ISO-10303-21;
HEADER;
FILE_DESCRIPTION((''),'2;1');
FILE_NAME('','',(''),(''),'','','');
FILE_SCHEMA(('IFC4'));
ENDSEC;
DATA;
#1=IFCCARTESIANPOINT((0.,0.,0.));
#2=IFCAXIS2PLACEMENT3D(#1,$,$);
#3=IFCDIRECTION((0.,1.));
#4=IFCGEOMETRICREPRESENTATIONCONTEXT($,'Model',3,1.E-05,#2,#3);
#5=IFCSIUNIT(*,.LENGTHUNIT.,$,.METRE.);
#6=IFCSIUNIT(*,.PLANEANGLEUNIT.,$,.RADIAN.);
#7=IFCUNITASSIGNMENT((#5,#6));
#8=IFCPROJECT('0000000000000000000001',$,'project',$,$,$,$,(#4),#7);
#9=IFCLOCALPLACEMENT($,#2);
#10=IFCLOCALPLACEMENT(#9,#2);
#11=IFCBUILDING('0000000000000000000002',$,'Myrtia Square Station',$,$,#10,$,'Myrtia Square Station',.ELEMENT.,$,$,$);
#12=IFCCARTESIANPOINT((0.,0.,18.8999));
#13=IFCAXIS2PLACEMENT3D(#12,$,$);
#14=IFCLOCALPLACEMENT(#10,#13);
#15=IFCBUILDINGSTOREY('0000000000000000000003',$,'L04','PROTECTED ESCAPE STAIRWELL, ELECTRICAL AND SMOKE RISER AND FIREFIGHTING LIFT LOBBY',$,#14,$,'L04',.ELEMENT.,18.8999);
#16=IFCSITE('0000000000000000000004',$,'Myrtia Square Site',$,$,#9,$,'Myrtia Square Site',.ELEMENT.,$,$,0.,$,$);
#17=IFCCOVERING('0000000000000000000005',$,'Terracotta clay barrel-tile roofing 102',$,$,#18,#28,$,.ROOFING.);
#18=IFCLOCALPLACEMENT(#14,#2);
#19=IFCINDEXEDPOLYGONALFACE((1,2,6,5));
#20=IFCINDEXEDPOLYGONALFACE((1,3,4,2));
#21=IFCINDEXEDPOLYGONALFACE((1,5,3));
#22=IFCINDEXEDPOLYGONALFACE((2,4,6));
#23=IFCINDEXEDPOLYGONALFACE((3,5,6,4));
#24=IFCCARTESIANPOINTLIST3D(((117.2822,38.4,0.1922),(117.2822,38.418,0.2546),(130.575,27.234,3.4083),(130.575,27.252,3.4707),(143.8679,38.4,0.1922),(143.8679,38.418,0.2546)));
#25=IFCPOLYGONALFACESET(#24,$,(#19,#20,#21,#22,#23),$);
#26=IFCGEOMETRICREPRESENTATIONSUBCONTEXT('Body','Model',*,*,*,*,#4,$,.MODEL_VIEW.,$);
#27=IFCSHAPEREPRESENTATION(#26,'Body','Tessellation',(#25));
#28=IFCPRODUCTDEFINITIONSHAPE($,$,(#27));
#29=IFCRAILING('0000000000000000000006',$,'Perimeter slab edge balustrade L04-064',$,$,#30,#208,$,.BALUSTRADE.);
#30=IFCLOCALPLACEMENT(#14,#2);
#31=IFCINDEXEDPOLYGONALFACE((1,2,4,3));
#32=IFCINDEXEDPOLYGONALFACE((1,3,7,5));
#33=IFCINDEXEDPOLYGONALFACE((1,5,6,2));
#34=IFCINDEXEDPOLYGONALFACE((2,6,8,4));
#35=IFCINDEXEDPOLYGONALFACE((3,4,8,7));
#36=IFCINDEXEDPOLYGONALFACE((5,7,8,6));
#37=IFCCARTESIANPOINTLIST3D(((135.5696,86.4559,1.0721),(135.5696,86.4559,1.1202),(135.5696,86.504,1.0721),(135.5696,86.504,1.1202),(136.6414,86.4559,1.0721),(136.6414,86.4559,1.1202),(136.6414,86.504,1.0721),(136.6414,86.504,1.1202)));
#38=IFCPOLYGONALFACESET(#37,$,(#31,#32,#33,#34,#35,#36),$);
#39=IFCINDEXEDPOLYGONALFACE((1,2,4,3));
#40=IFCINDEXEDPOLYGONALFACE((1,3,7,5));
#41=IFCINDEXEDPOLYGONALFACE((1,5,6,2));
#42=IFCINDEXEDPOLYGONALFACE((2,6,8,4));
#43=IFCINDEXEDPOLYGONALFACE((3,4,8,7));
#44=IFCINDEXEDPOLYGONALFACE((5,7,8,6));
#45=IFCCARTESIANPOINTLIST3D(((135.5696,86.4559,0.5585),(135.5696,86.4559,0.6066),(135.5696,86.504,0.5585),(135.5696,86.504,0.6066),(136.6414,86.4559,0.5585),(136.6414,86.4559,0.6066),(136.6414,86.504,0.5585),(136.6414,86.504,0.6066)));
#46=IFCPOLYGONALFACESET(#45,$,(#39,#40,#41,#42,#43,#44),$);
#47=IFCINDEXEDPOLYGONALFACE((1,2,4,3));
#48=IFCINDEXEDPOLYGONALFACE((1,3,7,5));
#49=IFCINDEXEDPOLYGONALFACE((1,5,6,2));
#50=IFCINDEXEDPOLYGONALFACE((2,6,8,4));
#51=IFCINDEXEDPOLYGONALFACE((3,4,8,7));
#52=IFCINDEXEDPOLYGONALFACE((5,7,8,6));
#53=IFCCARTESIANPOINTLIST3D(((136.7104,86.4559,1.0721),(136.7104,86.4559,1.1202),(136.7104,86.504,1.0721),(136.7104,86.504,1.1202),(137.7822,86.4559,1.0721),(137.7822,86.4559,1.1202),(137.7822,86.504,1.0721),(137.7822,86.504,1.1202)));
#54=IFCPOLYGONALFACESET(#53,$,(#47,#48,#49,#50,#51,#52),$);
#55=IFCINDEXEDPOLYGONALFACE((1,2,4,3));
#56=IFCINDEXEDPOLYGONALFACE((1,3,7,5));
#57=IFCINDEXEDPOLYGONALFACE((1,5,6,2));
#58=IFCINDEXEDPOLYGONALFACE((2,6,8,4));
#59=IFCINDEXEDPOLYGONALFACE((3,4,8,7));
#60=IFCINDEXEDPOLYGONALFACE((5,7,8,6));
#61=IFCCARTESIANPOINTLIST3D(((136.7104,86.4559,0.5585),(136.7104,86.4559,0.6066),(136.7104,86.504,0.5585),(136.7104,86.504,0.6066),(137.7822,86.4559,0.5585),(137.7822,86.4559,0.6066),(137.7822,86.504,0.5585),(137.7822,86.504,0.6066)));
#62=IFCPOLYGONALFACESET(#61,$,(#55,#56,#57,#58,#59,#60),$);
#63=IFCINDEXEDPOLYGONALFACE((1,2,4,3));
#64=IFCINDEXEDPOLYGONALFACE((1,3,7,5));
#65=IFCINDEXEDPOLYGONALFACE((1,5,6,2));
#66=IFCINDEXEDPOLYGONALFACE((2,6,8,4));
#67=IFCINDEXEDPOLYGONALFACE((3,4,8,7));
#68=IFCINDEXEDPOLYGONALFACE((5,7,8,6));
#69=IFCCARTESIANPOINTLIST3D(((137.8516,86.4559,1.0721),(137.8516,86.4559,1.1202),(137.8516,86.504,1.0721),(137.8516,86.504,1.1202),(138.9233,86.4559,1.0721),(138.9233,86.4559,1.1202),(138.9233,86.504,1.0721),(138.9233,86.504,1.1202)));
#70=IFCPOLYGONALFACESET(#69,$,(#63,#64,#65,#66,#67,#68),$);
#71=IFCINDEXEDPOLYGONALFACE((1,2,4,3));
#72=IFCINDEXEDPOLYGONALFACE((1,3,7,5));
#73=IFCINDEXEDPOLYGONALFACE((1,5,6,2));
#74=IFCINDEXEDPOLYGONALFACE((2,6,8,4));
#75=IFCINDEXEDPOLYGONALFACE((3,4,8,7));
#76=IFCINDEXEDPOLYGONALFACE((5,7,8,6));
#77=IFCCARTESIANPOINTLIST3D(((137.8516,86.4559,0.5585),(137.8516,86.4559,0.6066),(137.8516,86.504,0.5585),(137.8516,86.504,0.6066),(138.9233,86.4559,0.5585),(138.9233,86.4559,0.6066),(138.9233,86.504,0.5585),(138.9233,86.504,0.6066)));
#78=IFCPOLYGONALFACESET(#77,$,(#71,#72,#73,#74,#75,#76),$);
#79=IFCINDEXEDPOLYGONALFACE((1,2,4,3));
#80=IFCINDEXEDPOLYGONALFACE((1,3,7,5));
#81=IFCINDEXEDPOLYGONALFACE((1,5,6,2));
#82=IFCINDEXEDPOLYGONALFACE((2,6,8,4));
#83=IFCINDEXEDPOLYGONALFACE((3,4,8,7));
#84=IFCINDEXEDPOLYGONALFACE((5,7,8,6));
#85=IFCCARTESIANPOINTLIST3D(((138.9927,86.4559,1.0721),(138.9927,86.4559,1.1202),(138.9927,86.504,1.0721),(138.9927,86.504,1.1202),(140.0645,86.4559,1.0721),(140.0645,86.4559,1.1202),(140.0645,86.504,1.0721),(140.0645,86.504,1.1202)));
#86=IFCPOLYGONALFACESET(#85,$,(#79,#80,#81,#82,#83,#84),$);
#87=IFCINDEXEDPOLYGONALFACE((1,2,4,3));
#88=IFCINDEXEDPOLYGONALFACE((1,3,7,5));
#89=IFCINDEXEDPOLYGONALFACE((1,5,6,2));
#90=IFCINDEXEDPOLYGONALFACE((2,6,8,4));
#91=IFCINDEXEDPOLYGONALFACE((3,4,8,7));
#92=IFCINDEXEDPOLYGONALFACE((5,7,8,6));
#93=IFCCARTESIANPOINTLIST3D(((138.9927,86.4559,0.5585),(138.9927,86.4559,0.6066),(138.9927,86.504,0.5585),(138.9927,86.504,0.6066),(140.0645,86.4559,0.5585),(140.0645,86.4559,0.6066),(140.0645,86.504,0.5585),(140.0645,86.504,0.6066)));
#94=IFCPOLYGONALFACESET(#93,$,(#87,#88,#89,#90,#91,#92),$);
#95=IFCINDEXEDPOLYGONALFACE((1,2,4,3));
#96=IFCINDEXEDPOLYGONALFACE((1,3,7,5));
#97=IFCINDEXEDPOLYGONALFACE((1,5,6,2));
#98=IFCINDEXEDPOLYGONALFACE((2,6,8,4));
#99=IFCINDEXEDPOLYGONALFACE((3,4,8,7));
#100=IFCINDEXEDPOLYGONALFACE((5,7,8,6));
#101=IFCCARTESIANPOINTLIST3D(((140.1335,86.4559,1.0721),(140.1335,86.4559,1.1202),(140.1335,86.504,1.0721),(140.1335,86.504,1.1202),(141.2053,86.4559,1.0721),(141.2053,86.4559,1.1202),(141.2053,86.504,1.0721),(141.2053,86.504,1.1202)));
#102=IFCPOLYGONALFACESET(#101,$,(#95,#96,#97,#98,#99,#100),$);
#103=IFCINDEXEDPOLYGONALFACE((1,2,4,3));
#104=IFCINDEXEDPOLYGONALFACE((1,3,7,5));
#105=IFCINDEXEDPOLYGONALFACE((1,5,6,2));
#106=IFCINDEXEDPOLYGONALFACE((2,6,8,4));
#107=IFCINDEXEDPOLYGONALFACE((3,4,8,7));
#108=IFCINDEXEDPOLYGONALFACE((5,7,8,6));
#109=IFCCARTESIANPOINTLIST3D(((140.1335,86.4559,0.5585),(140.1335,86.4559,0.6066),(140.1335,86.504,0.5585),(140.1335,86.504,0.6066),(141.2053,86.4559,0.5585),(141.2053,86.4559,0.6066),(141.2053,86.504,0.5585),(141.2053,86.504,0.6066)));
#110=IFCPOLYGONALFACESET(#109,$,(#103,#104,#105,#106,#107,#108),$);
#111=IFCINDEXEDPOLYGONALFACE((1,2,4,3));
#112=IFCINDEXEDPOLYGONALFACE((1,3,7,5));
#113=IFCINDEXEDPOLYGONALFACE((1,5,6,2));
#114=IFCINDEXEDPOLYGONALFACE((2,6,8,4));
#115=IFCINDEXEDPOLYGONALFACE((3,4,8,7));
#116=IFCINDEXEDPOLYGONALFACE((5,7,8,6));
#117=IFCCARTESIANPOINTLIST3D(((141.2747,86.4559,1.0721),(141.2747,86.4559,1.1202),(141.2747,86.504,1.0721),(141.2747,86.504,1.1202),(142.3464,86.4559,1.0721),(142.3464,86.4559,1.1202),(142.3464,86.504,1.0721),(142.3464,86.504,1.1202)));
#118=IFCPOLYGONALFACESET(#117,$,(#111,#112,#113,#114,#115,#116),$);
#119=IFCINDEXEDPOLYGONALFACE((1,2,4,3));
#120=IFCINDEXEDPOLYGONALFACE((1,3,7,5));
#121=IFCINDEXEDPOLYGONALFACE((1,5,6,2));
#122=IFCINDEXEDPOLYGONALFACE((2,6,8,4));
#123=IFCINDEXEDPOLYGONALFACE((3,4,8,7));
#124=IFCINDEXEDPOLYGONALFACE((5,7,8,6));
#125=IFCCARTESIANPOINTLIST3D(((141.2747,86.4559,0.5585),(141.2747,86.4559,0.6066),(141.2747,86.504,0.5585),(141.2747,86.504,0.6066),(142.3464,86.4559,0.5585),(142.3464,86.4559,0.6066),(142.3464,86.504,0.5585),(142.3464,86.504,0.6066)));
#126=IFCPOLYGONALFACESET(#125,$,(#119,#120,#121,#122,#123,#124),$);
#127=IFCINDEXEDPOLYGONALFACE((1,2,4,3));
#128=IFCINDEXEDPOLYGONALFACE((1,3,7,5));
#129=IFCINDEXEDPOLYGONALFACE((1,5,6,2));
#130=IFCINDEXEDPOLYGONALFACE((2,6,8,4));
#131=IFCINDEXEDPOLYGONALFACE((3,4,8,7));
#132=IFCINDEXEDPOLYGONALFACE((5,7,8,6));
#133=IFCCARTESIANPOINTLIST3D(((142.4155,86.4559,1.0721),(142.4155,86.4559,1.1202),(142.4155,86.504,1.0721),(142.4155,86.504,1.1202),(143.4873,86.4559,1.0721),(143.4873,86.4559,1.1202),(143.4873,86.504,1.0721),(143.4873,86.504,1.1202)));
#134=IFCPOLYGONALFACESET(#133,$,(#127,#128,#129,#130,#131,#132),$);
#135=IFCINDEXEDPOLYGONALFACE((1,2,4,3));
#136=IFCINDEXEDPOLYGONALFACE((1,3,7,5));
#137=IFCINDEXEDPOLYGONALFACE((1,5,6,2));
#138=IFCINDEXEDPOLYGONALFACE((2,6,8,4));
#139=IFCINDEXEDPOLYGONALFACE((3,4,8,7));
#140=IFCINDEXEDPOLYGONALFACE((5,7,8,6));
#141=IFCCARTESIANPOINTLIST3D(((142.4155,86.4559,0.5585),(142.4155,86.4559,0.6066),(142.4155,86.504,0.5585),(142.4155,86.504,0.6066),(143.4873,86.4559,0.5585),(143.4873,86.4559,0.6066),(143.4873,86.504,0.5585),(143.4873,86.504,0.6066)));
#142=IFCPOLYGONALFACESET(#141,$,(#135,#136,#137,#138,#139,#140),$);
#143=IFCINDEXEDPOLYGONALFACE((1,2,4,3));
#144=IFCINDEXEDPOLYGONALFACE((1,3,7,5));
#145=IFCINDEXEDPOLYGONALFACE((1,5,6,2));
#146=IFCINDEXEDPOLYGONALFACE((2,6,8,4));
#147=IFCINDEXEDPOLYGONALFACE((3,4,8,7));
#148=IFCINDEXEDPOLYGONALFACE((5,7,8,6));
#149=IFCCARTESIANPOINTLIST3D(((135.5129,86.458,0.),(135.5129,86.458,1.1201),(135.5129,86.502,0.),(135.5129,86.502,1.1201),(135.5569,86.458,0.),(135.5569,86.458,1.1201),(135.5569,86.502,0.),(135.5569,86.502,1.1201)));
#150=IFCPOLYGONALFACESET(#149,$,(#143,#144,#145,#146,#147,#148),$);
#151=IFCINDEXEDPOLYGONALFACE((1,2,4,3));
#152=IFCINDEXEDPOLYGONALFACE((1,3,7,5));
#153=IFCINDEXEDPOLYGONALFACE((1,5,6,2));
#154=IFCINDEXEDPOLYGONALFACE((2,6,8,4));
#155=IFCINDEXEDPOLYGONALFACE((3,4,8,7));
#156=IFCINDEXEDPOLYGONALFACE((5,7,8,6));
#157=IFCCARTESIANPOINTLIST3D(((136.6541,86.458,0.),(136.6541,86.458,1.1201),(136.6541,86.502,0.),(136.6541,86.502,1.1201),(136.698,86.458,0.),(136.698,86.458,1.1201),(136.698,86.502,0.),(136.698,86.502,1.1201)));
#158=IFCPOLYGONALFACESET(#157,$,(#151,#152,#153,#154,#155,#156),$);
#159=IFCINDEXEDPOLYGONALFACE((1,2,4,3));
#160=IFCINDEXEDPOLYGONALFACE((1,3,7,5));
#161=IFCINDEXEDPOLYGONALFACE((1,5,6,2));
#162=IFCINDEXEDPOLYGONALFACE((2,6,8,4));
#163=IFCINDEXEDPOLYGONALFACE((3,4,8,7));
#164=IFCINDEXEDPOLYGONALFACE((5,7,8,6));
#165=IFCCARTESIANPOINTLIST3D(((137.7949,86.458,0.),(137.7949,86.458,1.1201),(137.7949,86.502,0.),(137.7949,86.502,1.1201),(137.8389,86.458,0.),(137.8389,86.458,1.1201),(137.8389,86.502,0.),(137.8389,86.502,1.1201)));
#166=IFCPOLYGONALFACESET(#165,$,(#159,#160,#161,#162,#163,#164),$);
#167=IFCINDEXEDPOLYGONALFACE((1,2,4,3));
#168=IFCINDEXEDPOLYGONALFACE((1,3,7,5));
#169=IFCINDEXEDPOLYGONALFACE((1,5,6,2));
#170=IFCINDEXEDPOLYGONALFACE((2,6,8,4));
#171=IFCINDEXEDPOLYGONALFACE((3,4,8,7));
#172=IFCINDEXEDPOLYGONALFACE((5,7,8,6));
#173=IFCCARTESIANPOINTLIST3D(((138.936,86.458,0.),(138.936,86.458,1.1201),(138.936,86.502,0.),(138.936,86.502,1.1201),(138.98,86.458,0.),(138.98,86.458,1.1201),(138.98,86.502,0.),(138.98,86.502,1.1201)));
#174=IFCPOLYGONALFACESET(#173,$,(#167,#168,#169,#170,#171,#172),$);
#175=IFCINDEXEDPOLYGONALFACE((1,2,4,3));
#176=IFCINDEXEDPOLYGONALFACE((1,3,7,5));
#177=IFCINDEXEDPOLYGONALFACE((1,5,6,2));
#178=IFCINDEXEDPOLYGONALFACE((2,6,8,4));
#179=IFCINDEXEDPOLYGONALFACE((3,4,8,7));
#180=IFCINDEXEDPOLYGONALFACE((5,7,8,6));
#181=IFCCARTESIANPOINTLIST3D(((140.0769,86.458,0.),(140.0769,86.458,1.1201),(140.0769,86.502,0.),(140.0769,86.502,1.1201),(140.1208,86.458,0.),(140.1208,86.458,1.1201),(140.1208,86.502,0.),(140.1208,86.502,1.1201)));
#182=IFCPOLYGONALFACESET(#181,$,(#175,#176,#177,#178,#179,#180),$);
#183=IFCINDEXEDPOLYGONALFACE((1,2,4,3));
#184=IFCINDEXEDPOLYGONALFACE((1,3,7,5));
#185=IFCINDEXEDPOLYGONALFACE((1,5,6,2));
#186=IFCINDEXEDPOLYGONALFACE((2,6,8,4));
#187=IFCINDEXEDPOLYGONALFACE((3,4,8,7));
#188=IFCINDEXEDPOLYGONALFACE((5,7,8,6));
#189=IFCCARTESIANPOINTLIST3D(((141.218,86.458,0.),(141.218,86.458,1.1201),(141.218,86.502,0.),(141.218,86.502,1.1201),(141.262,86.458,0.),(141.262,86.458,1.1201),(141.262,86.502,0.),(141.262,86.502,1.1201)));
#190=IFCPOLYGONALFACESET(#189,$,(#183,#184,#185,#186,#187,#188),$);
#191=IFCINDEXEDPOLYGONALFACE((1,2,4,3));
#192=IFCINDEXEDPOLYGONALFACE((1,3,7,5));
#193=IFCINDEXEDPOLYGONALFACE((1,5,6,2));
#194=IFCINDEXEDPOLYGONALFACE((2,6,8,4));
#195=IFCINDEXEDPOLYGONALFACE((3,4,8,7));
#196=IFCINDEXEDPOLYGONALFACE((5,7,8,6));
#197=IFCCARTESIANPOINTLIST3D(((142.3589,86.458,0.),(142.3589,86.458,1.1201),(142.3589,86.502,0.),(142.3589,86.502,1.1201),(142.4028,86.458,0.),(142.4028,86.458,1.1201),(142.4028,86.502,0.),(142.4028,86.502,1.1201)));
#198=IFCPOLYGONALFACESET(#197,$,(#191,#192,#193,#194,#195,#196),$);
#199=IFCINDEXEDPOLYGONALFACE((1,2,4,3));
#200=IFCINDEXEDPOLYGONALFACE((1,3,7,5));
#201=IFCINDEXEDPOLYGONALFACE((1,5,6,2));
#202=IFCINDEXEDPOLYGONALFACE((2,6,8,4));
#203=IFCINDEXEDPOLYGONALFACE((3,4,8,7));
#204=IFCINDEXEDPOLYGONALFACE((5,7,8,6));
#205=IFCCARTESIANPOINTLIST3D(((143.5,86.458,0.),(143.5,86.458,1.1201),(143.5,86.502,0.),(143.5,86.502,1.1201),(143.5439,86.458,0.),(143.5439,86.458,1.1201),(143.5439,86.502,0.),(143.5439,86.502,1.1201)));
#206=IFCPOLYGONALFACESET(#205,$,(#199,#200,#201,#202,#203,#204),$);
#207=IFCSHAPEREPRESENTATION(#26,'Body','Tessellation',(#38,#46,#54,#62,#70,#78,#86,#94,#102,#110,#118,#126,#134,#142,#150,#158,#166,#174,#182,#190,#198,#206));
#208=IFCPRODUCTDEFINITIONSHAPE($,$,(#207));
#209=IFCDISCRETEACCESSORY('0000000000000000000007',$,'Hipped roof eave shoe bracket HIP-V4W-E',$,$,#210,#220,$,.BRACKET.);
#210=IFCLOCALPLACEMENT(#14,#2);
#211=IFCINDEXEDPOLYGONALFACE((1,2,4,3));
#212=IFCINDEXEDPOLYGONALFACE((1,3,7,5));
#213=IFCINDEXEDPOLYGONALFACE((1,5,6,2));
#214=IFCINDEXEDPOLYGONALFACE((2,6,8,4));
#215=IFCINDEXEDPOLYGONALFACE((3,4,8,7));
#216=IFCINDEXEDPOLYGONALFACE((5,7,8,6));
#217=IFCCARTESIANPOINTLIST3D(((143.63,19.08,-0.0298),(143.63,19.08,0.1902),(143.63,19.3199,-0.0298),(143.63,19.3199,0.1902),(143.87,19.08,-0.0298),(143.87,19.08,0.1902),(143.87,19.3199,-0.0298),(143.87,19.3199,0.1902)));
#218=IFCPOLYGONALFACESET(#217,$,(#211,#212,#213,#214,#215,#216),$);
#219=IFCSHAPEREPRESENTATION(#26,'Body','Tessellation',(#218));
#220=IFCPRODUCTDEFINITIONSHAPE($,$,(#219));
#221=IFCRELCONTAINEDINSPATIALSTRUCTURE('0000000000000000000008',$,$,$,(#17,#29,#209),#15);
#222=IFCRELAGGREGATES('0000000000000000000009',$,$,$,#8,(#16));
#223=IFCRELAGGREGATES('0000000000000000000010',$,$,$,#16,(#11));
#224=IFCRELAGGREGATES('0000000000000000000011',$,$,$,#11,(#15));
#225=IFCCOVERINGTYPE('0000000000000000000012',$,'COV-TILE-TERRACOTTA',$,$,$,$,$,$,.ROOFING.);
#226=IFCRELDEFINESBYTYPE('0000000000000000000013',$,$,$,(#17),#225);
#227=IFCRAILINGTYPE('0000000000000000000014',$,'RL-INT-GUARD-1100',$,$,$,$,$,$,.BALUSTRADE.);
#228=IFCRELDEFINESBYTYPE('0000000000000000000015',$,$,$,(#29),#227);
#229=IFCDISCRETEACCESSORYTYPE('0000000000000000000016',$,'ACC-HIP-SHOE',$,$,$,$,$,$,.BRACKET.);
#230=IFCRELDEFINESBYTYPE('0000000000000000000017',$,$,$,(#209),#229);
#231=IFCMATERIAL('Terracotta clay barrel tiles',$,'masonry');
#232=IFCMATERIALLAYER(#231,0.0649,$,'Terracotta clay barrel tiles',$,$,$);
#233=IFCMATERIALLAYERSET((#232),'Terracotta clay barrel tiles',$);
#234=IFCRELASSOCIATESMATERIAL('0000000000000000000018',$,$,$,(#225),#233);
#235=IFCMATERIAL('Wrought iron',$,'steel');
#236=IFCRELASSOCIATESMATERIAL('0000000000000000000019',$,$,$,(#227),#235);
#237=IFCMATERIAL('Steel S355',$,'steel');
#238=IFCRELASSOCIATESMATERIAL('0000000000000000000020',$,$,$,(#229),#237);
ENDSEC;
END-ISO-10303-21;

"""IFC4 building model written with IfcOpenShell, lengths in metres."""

from ifc_helpers import new_model, si_unit, direction, frame, origin, origin_2d, place, context, subcontext, project, spatial, polyline, rectangle, outline, extrude, material, layer, layer_set, type_object, element, save


model = new_model("IFC4")

# Units and contexts
model_context = context("Model", 3, precision=1e-05, world=origin(), true_north=direction((0.0, 1.0)))
body_context = subcontext(model_context, "Body", "Model", "MODEL_VIEW")
ifc_project = project(units=[si_unit("LENGTHUNIT", "METRE"), si_unit("PLANEANGLEUNIT", "RADIAN")], contexts=[model_context])

# Site, building, storey
site_placement = place(None, origin())
site = spatial("IfcSite", under=ifc_project, at=site_placement, Name="Myrtia Square Site", LongName="Myrtia Square Site", CompositionType="ELEMENT", RefElevation=0.0)
building_placement = place(site_placement, origin())
building = spatial("IfcBuilding", under=site, at=building_placement, Name="Myrtia Square Station", LongName="Myrtia Square Station", CompositionType="ELEMENT")
storey_placement = place(building_placement, frame((0.0, 0.0, 18.8999)))
storey = spatial("IfcBuildingStorey", under=building, at=storey_placement, Name="L04", Description="PROTECTED ESCAPE STAIRWELL, ELECTRICAL AND SMOKE RISER AND FIREFIGHTING LIFT LOBBY", LongName="L04", CompositionType="ELEMENT", Elevation=18.8999)

# Shared definitions
ifc_material_1 = material(Name="Steel S355", Category="steel")

# Covering
ifc_material_2 = material(Name="Terracotta clay barrel tiles", Category="masonry")
ifc_layer_1 = layer(ifc_material_2, 0.0649, Name="Terracotta clay barrel tiles")
ifc_layer_set_1 = layer_set([ifc_layer_1], Name="Terracotta clay barrel tiles")
covering_type_1 = type_object("IfcCoveringType", Name="COV-TILE-TERRACOTTA", PredefinedType="ROOFING", material=ifc_layer_set_1)
covering_1_placement = place(storey_placement, frame((143.8679, 38.418, 0.2546), z_axis=(0.0, 0.276771, 0.960936), x_axis=(-1.0, 0.0, 0.0)))
element("IfcCovering", 1, at=covering_1_placement, inside=storey, type_object=covering_type_1, Name="Terracotta clay barrel-tile roofing 102", PredefinedType="ROOFING", context=body_context, shape_type="SweptSolid", body=[
    extrude(outline(polyline([(0.0, 0.0), (26.5857, 0.0), (13.293, 11.6199), (0.0, 0.0)])), origin(), (0.0, 0.0, -1.0), 0.0649),
])

# Railing
ifc_material_3 = material(Name="Wrought iron", Category="steel")
railing_type = type_object("IfcRailingType", Name="RL-INT-GUARD-1100", PredefinedType="BALUSTRADE", material=ifc_material_3)
railing_placement = place(storey_placement, frame((135.5349, 86.48, 0.0)))
element("IfcRailing", 2, at=railing_placement, inside=storey, type_object=railing_type, Name="Perimeter slab edge balustrade L04-064", PredefinedType="BALUSTRADE", context=body_context, shape_type="SweptSolid", body=[
    extrude(rectangle(XDim=0.0481, YDim=0.0481, at=origin_2d()), frame((0.0347, 0.0, 1.0962), z_axis=(1.0, 0.0, 0.0), x_axis=(0.0, 1.0, 0.0)), (0.0, 0.0, 1.0), 1.0718),
    extrude(rectangle(XDim=0.0481, YDim=0.0481, at=origin_2d()), frame((0.0347, 0.0, 0.5825), z_axis=(1.0, 0.0, 0.0), x_axis=(0.0, 1.0, 0.0)), (0.0, 0.0, 1.0), 1.0718),
    extrude(rectangle(XDim=0.0481, YDim=0.0481, at=origin_2d()), frame((1.1755, 0.0, 1.0962), z_axis=(1.0, 0.0, 0.0), x_axis=(0.0, 1.0, 0.0)), (0.0, 0.0, 1.0), 1.0718),
    extrude(rectangle(XDim=0.0481, YDim=0.0481, at=origin_2d()), frame((1.1755, 0.0, 0.5825), z_axis=(1.0, 0.0, 0.0), x_axis=(0.0, 1.0, 0.0)), (0.0, 0.0, 1.0), 1.0718),
    extrude(rectangle(XDim=0.0481, YDim=0.0481, at=origin_2d()), frame((2.3167, 0.0, 1.0962), z_axis=(1.0, 0.0, 0.0), x_axis=(0.0, 1.0, 0.0)), (0.0, 0.0, 1.0), 1.0718),
    extrude(rectangle(XDim=0.0481, YDim=0.0481, at=origin_2d()), frame((2.3167, 0.0, 0.5825), z_axis=(1.0, 0.0, 0.0), x_axis=(0.0, 1.0, 0.0)), (0.0, 0.0, 1.0), 1.0718),
    extrude(rectangle(XDim=0.0481, YDim=0.0481, at=origin_2d()), frame((3.4578, 0.0, 1.0962), z_axis=(1.0, 0.0, 0.0), x_axis=(0.0, 1.0, 0.0)), (0.0, 0.0, 1.0), 1.0718),
    extrude(rectangle(XDim=0.0481, YDim=0.0481, at=origin_2d()), frame((3.4578, 0.0, 0.5825), z_axis=(1.0, 0.0, 0.0), x_axis=(0.0, 1.0, 0.0)), (0.0, 0.0, 1.0), 1.0718),
    extrude(rectangle(XDim=0.0481, YDim=0.0481, at=origin_2d()), frame((4.5986, 0.0, 1.0962), z_axis=(1.0, 0.0, 0.0), x_axis=(0.0, 1.0, 0.0)), (0.0, 0.0, 1.0), 1.0718),
    extrude(rectangle(XDim=0.0481, YDim=0.0481, at=origin_2d()), frame((4.5986, 0.0, 0.5825), z_axis=(1.0, 0.0, 0.0), x_axis=(0.0, 1.0, 0.0)), (0.0, 0.0, 1.0), 1.0718),
    extrude(rectangle(XDim=0.0481, YDim=0.0481, at=origin_2d()), frame((5.7397, 0.0, 1.0962), z_axis=(1.0, 0.0, 0.0), x_axis=(0.0, 1.0, 0.0)), (0.0, 0.0, 1.0), 1.0718),
    extrude(rectangle(XDim=0.0481, YDim=0.0481, at=origin_2d()), frame((5.7397, 0.0, 0.5825), z_axis=(1.0, 0.0, 0.0), x_axis=(0.0, 1.0, 0.0)), (0.0, 0.0, 1.0), 1.0718),
    extrude(rectangle(XDim=0.0481, YDim=0.0481, at=origin_2d()), frame((6.8806, 0.0, 1.0962), z_axis=(1.0, 0.0, 0.0), x_axis=(0.0, 1.0, 0.0)), (0.0, 0.0, 1.0), 1.0718),
    extrude(rectangle(XDim=0.0481, YDim=0.0481, at=origin_2d()), frame((6.8806, 0.0, 0.5825), z_axis=(1.0, 0.0, 0.0), x_axis=(0.0, 1.0, 0.0)), (0.0, 0.0, 1.0), 1.0718),
    extrude(rectangle(XDim=0.0439, YDim=0.0439, at=origin_2d()), origin(), (0.0, 0.0, 1.0), 1.1201),
    extrude(rectangle(XDim=0.0439, YDim=0.0439, at=origin_2d()), frame((1.1411, 0.0, 0.0)), (0.0, 0.0, 1.0), 1.1201),
    extrude(rectangle(XDim=0.0439, YDim=0.0439, at=origin_2d()), frame((2.282, 0.0, 0.0)), (0.0, 0.0, 1.0), 1.1201),
    extrude(rectangle(XDim=0.0439, YDim=0.0439, at=origin_2d()), frame((3.4231, 0.0, 0.0)), (0.0, 0.0, 1.0), 1.1201),
    extrude(rectangle(XDim=0.0439, YDim=0.0439, at=origin_2d()), frame((4.564, 0.0, 0.0)), (0.0, 0.0, 1.0), 1.1201),
    extrude(rectangle(XDim=0.0439, YDim=0.0439, at=origin_2d()), frame((5.7051, 0.0, 0.0)), (0.0, 0.0, 1.0), 1.1201),
    extrude(rectangle(XDim=0.0439, YDim=0.0439, at=origin_2d()), frame((6.8459, 0.0, 0.0)), (0.0, 0.0, 1.0), 1.1201),
    extrude(rectangle(XDim=0.0439, YDim=0.0439, at=origin_2d()), frame((7.9871, 0.0, 0.0)), (0.0, 0.0, 1.0), 1.1201),
])

# Discrete accessory
discrete_accessory_type = type_object("IfcDiscreteAccessoryType", Name="ACC-HIP-SHOE", PredefinedType="BRACKET", material=ifc_material_1)
discrete_accessory_placement = place(storey_placement, frame((143.75, 19.2, -0.0298), z_axis=(0.0, 0.0, 1.0), x_axis=(1.0, 0.0, 0.0)))
element("IfcDiscreteAccessory", 3, at=discrete_accessory_placement, inside=storey, type_object=discrete_accessory_type, Name="Hipped roof eave shoe bracket HIP-V4W-E", PredefinedType="BRACKET", context=body_context, shape_type="SweptSolid", body=[
    extrude(rectangle(XDim=0.24, YDim=0.24, at=origin_2d()), origin(), (0.0, 0.0, 1.0), 0.22),
])

save(model, "model.ifc")
